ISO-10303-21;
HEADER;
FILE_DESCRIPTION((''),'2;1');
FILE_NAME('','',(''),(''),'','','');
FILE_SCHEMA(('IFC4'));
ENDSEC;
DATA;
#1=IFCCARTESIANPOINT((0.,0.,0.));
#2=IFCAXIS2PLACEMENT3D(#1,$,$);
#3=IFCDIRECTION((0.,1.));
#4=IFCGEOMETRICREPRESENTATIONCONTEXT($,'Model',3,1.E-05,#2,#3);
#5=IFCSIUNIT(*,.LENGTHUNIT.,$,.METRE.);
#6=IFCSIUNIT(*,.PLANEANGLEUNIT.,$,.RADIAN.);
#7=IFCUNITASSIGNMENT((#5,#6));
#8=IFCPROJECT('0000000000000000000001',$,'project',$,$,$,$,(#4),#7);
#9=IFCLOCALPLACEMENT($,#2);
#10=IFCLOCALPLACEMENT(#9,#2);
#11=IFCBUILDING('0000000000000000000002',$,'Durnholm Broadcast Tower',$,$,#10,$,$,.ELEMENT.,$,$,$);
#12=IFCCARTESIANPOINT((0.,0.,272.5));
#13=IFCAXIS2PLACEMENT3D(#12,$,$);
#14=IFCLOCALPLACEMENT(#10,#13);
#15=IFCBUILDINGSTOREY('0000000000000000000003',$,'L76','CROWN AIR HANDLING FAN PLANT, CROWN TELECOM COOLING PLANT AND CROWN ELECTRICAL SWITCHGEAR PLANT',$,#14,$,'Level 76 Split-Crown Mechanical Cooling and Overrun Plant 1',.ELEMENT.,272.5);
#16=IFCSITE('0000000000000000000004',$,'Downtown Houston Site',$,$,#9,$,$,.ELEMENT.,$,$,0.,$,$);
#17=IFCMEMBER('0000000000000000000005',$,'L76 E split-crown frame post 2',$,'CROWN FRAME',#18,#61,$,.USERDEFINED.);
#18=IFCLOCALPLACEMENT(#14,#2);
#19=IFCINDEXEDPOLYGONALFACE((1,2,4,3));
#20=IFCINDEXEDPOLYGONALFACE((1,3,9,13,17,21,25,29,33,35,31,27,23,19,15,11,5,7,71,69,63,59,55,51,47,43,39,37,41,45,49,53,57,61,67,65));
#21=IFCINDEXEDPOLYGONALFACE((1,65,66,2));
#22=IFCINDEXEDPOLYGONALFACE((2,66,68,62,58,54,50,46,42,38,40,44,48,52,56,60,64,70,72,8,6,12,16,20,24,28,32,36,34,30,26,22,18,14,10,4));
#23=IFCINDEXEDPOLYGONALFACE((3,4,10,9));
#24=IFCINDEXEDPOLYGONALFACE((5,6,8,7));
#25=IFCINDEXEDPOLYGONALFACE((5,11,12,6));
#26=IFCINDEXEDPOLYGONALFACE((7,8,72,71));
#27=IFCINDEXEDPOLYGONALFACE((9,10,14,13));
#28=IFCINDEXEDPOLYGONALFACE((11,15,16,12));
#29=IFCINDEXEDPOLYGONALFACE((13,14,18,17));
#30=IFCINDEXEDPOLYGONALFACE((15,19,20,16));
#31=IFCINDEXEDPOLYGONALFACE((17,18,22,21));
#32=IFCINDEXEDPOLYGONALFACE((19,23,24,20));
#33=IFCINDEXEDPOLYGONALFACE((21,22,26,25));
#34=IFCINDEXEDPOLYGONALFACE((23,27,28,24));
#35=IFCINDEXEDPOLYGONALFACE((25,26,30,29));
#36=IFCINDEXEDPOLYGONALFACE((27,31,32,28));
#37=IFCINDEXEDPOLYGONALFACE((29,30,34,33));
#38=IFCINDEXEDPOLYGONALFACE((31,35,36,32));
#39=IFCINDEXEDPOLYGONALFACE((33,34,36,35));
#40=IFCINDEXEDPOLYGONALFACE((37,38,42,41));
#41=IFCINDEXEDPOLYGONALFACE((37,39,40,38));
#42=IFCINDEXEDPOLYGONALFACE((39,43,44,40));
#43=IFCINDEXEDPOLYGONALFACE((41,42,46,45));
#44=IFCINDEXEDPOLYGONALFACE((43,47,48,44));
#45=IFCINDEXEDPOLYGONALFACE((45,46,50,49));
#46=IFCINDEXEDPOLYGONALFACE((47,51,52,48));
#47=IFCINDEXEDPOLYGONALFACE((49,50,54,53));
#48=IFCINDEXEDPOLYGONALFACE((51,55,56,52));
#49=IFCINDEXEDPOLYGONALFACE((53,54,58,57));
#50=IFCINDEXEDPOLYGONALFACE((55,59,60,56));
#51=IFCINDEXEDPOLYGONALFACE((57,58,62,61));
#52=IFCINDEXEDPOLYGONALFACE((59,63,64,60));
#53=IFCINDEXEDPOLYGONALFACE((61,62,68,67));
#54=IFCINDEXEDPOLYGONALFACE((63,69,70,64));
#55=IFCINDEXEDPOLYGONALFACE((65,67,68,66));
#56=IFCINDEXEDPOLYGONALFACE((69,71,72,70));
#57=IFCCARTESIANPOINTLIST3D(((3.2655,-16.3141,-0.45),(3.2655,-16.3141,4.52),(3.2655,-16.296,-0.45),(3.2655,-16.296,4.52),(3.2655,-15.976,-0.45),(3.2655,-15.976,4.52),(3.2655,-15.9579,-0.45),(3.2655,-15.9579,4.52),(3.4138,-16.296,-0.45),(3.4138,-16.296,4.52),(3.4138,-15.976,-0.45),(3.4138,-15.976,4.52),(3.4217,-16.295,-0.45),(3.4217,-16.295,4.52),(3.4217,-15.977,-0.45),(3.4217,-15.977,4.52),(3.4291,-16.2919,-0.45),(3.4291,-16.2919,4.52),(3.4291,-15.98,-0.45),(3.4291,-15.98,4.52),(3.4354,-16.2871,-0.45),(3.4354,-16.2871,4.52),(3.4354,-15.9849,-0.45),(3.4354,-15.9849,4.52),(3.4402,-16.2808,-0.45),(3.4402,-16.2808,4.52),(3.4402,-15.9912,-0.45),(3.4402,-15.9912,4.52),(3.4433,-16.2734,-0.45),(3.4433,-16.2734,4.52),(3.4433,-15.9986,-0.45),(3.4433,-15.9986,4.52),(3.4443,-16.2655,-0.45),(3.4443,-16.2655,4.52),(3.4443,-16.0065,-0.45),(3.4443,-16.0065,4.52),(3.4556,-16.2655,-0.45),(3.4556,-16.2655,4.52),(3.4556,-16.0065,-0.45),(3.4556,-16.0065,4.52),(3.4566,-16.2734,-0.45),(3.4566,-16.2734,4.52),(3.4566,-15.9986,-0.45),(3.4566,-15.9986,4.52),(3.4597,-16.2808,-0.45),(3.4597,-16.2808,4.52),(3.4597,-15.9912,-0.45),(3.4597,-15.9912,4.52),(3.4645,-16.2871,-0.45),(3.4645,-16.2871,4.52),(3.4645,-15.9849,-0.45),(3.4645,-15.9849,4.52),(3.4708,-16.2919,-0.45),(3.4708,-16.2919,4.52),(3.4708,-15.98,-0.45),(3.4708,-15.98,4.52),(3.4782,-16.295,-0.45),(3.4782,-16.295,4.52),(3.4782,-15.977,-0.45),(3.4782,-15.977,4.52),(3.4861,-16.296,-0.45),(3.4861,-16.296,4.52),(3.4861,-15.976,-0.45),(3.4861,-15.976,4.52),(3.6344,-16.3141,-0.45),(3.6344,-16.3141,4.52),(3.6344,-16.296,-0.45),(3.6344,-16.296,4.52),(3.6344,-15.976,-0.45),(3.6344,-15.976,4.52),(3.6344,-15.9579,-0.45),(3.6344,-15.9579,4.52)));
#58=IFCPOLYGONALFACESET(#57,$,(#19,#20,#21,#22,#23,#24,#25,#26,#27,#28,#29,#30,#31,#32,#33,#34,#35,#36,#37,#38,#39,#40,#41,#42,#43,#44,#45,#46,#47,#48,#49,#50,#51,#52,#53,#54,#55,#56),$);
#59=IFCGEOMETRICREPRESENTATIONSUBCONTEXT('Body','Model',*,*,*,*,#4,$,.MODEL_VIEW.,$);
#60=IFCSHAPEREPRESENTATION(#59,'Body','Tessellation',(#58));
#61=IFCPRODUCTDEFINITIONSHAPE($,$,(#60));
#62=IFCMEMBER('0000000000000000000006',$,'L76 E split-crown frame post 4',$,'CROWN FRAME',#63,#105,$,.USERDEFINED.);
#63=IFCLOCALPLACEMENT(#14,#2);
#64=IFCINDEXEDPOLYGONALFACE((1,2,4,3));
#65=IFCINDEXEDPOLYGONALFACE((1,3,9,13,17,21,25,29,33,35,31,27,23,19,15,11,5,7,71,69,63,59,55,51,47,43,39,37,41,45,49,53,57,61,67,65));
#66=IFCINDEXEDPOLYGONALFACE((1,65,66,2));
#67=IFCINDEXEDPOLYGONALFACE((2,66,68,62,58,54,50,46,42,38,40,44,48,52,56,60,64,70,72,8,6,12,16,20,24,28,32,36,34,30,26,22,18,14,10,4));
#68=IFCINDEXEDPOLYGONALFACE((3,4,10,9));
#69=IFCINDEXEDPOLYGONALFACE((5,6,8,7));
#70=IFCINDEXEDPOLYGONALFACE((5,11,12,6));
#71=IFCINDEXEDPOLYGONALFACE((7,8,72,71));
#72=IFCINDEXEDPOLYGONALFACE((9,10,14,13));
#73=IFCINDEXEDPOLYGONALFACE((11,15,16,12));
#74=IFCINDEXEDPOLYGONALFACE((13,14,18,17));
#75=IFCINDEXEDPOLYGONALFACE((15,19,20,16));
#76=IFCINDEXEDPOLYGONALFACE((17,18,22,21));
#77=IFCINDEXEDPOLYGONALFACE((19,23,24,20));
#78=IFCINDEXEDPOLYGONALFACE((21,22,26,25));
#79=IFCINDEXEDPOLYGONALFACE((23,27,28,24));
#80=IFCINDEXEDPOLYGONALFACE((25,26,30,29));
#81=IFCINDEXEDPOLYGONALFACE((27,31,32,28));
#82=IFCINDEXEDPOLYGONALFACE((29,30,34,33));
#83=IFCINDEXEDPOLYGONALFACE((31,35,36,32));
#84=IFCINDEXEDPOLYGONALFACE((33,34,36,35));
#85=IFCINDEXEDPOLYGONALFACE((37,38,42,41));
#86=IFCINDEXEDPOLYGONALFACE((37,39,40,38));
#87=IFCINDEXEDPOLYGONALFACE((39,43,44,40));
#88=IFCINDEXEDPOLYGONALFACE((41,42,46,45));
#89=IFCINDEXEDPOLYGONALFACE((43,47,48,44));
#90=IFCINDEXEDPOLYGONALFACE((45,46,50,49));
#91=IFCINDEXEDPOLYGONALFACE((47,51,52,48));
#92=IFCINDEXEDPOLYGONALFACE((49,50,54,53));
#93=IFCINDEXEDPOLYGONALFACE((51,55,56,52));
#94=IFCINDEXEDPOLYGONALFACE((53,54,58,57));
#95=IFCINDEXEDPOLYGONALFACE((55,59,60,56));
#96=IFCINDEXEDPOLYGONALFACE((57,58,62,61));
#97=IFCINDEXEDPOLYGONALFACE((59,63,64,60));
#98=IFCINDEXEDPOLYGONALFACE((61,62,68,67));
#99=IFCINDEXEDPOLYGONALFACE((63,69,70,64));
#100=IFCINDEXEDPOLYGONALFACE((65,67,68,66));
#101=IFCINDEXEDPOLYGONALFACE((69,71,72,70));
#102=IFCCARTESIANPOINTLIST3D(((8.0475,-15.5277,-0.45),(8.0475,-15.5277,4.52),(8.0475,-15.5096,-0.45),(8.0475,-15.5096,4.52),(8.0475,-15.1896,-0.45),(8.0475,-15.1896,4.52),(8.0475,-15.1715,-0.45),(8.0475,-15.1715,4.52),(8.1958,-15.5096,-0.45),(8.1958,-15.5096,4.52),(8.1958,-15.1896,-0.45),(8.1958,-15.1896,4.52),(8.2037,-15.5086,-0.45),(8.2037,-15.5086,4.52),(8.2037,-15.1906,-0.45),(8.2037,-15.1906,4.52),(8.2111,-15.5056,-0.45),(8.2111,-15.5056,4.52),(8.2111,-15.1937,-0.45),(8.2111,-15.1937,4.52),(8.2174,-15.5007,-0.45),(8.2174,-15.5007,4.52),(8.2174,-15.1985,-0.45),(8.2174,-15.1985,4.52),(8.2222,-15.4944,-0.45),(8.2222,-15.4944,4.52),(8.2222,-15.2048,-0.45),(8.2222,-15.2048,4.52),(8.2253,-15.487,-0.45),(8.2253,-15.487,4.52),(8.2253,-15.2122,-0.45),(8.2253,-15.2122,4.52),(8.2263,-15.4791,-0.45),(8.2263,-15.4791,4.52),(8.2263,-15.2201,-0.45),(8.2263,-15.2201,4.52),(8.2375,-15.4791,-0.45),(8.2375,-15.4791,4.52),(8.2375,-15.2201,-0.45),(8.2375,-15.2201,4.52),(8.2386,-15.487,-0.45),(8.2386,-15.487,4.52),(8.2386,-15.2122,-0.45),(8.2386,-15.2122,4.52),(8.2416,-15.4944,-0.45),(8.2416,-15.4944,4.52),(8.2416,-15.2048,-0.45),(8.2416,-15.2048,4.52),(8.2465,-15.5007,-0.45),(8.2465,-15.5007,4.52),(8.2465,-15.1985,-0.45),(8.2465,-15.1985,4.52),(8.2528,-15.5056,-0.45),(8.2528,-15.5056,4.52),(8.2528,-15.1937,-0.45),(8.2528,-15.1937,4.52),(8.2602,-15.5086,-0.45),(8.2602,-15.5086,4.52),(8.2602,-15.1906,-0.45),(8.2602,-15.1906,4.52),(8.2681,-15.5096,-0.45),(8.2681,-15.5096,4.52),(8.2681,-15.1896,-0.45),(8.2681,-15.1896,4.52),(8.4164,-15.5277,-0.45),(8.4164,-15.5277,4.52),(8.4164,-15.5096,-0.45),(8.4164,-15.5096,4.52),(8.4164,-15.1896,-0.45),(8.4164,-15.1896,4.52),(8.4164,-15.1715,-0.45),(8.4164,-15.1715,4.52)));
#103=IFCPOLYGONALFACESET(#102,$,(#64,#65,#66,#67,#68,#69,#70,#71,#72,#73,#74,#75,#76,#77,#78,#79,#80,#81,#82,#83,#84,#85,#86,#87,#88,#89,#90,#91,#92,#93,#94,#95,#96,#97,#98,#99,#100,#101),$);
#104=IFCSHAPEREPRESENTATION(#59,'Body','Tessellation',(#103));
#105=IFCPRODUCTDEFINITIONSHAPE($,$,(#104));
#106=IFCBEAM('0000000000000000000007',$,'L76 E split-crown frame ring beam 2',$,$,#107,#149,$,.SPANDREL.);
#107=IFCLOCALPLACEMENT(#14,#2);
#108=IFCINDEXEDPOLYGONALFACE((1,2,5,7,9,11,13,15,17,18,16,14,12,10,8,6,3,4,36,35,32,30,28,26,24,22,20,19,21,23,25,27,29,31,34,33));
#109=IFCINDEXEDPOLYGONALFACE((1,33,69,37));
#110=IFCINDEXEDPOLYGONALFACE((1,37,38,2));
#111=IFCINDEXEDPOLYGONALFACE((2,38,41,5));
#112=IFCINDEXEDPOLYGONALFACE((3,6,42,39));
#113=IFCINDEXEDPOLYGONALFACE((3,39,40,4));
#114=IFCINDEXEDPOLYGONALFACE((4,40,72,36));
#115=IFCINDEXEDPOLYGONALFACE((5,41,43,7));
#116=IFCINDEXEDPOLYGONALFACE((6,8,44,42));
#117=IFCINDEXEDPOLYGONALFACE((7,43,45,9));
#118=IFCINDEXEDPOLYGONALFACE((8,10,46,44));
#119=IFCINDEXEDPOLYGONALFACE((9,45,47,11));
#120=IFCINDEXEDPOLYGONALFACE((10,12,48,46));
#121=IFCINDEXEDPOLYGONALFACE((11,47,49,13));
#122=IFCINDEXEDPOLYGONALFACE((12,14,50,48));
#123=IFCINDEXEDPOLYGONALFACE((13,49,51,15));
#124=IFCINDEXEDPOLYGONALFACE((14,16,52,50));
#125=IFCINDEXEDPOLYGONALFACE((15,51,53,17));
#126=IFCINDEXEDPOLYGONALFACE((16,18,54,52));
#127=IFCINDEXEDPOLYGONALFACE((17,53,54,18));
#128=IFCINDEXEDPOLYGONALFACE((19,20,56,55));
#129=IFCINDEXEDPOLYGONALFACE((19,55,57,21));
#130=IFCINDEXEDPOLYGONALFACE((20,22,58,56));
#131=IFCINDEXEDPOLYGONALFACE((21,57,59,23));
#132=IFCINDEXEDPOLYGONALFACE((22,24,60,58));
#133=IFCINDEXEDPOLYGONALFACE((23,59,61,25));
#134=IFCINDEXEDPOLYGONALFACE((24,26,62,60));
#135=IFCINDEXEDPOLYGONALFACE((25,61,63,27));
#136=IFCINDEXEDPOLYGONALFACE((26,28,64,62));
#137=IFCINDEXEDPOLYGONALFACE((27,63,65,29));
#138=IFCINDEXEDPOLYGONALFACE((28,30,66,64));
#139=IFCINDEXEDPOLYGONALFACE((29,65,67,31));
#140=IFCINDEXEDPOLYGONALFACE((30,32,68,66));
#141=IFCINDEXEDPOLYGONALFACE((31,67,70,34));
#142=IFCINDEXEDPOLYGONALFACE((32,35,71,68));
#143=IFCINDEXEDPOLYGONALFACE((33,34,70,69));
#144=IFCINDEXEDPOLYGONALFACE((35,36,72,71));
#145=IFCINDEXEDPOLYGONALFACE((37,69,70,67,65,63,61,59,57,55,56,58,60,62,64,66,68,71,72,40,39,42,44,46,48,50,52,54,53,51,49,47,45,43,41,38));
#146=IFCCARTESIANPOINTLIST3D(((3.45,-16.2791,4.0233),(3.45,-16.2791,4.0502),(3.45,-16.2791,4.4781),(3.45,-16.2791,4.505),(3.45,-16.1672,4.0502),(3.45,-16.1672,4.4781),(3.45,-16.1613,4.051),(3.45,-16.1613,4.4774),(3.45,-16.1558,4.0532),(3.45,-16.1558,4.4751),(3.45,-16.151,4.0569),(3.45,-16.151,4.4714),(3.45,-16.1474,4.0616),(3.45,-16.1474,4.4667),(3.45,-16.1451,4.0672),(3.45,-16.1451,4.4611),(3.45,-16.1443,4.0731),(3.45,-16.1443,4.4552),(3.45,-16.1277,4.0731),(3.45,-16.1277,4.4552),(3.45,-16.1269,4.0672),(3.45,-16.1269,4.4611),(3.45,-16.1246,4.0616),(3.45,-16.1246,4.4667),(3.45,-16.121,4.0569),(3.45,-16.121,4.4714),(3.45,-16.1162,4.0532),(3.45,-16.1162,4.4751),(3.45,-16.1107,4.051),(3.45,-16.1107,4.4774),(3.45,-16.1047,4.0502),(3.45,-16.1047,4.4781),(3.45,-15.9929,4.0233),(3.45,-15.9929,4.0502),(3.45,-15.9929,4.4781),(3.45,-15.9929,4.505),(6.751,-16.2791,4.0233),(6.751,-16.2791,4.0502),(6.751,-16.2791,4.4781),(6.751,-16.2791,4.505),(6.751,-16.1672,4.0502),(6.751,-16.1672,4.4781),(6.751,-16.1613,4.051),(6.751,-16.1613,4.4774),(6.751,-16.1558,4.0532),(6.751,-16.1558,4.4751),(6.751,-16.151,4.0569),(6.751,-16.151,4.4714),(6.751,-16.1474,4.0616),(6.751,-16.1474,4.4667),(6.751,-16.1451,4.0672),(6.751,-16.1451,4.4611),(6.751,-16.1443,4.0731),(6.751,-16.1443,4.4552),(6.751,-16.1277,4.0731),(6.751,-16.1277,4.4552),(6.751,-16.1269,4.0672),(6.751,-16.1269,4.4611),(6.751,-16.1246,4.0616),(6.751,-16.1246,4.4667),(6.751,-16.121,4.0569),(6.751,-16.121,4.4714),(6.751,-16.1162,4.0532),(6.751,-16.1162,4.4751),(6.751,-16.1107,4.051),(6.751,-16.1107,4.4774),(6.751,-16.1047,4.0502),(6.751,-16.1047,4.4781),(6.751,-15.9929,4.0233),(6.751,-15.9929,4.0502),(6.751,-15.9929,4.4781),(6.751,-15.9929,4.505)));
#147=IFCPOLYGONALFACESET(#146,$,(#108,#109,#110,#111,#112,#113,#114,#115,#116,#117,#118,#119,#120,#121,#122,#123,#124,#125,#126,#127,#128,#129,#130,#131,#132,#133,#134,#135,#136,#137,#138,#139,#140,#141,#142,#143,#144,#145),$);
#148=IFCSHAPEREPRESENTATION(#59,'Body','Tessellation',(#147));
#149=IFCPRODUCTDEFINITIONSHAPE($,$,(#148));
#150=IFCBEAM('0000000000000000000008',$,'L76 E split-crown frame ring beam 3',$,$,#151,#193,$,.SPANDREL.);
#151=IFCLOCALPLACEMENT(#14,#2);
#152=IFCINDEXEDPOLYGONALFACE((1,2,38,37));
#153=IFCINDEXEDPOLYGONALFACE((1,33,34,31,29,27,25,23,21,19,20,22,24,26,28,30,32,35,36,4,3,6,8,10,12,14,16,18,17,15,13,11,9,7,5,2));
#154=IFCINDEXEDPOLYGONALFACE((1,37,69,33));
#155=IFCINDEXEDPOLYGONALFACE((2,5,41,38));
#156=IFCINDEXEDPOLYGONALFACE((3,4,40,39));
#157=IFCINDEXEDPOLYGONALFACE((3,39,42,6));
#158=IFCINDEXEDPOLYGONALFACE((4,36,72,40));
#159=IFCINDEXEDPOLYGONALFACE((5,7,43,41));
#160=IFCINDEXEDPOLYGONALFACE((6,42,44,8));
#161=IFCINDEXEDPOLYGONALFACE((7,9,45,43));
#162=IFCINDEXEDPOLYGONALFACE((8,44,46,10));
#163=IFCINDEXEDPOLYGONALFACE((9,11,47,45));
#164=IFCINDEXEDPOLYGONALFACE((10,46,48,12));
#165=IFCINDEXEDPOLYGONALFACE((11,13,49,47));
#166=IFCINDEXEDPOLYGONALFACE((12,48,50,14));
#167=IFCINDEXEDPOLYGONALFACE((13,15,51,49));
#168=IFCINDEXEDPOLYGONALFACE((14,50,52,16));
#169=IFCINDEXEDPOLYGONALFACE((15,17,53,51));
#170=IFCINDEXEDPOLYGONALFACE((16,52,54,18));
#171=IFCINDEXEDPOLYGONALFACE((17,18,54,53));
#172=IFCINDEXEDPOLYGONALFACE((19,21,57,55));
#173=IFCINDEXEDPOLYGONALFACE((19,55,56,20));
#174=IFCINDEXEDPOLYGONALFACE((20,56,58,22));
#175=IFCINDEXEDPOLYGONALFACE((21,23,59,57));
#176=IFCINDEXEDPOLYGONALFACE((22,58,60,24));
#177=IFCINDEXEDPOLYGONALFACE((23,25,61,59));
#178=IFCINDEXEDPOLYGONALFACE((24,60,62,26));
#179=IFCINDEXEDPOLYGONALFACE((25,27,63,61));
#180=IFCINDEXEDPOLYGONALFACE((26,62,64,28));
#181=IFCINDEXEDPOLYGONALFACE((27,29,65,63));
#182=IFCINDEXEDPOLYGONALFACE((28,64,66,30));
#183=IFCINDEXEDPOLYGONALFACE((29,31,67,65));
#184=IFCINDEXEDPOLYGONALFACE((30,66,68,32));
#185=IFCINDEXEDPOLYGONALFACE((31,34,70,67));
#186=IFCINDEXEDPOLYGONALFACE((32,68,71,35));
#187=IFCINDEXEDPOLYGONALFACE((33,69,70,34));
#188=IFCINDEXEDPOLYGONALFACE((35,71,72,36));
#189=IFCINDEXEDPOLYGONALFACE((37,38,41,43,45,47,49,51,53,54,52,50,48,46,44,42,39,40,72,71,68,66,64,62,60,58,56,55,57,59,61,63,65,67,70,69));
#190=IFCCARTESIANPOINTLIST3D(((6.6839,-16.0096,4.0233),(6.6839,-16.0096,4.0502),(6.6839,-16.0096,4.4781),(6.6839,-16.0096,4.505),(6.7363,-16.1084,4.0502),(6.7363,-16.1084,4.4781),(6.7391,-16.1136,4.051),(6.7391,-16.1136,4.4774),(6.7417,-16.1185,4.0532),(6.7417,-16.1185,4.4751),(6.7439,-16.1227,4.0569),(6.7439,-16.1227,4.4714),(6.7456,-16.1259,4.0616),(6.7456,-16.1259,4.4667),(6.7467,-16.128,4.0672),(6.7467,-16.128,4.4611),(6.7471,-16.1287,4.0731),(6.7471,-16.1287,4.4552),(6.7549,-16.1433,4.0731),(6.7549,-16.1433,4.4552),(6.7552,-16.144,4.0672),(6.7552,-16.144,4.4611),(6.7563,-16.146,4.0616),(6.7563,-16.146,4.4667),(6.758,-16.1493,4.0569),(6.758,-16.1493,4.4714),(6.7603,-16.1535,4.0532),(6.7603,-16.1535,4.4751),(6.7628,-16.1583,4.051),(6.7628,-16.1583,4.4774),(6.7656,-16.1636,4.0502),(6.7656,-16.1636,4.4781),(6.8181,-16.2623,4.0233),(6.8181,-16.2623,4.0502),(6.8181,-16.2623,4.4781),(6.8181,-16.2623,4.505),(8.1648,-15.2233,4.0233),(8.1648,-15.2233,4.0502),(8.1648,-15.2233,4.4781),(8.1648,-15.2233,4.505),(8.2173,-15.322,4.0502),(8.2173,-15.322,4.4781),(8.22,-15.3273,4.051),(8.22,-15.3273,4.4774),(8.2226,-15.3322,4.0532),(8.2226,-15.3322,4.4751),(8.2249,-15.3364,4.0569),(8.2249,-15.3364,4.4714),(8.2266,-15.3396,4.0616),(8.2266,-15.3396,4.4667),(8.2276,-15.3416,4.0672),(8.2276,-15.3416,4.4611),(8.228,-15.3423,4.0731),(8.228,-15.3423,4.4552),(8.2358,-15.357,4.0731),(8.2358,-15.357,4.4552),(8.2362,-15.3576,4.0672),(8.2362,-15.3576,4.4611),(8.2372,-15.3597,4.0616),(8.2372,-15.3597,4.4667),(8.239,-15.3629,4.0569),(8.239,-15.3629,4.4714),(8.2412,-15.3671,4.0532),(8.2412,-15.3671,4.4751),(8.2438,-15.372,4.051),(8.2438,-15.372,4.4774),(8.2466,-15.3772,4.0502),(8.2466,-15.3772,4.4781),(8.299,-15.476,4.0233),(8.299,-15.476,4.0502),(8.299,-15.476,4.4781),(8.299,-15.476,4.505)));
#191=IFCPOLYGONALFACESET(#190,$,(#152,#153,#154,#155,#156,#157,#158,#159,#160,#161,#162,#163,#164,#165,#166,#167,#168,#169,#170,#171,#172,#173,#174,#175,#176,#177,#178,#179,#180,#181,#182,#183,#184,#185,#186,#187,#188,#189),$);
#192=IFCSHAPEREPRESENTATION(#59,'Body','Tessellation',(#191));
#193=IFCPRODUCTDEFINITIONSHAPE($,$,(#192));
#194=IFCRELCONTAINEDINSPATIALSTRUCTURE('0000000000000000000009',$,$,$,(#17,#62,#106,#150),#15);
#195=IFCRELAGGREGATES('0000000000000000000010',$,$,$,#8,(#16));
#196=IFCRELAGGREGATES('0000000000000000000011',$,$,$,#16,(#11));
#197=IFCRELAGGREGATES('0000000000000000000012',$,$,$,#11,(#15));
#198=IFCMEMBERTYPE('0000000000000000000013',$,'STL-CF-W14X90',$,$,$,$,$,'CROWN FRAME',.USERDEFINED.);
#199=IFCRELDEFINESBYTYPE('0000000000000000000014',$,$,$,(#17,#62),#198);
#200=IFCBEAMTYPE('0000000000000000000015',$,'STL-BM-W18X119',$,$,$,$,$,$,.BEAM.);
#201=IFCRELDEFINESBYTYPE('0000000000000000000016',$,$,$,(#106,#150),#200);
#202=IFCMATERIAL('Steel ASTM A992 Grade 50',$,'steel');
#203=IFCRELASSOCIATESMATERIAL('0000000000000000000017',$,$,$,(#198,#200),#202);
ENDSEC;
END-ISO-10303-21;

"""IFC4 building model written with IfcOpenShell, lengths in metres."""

from ifc_helpers import new_model, si_unit, direction, frame, origin, origin_2d, place, context, subcontext, project, spatial, i_section, extrude, source, transform, mapped, material, material_profile, profile_set, type_object, type_shapes, element, save


model = new_model("IFC4")

# Units and contexts
model_context = context("Model", 3, precision=1e-05, world=origin(), true_north=direction((0.0, 1.0)))
body_context = subcontext(model_context, "Body", "Model", "MODEL_VIEW")
ifc_project = project(units=[si_unit("LENGTHUNIT", "METRE"), si_unit("PLANEANGLEUNIT", "RADIAN")], contexts=[model_context])

# Site, building, storey
site_placement = place(None, origin())
site = spatial("IfcSite", under=ifc_project, at=site_placement, Name="Downtown Houston Site", CompositionType="ELEMENT", RefElevation=0.0)
building_placement = place(site_placement, origin())
building = spatial("IfcBuilding", under=site, at=building_placement, Name="Durnholm Broadcast Tower", CompositionType="ELEMENT")
storey_placement = place(building_placement, frame((0.0, 0.0, 272.5)))
storey = spatial("IfcBuildingStorey", under=building, at=storey_placement, Name="L76", Description="CROWN AIR HANDLING FAN PLANT, CROWN TELECOM COOLING PLANT AND CROWN ELECTRICAL SWITCHGEAR PLANT", LongName="Level 76 Split-Crown Mechanical Cooling and Overrun Plant 1", CompositionType="ELEMENT", Elevation=272.5)

# Shared definitions
ifc_material_1 = material(Name="Steel ASTM A992 Grade 50", Category="steel")

# Members
ifc_material_profile_1 = material_profile(ifc_material_1, i_section(OverallWidth=0.3689, OverallDepth=0.3562, WebThickness=0.0112, FlangeThickness=0.0181, FilletRadius=0.0305, at=origin_2d()), Name="W14X90")
ifc_profile_set_1 = profile_set([ifc_material_profile_1], Name="Steel ASTM A992 Grade 50")
member_type_1 = type_object("IfcMemberType", Name="STL-CF-W14X90", ElementType="CROWN FRAME", PredefinedType="USERDEFINED", material=ifc_profile_set_1)
shared_shape_1 = source(origin(), body_context, "Body", "SweptSolid", [
    extrude(i_section(OverallWidth=0.3689, OverallDepth=0.3562, WebThickness=0.0112, FlangeThickness=0.0181, FilletRadius=0.0305, at=origin_2d()), origin(), (0.0, 0.0, 1.0), 4.97),
])
type_shapes(member_type_1, [shared_shape_1])
for number, where, z_axis, x_axis, name in (
    (1, (3.45, -16.136, -0.45), (0.0, 0.0, 1.0), (1.0, 0.0, 0.0), "L76 E split-crown frame post 2"),
    (2, (8.2319, -15.3496, -0.45), (0.0, 0.0, 1.0), (1.0, 0.0, 0.0), "L76 E split-crown frame post 4"),
):
    element("IfcMember", number, at=place(storey_placement, frame(where, z_axis=z_axis, x_axis=x_axis)), inside=storey, type_object=member_type_1, Name=name, ObjectType="CROWN FRAME", PredefinedType="USERDEFINED", context=body_context, shape_type="MappedRepresentation", body=[
        mapped(shared_shape_1, transform((0.0, 0.0, 0.0), x_axis=(1.0, 0.0, 0.0), y_axis=(0.0, 1.0, 0.0), z_axis=(0.0, 0.0, 1.0), scale=1.0)),
    ])

# Beams
ifc_material_profile_2 = material_profile(ifc_material_1, i_section(OverallWidth=0.2861, OverallDepth=0.4817, WebThickness=0.0166, FlangeThickness=0.0269, FilletRadius=0.0229, at=origin_2d()), Name="W18X119")
ifc_profile_set_2 = profile_set([ifc_material_profile_2], Name="Steel ASTM A992 Grade 50")
beam_type_1 = type_object("IfcBeamType", Name="STL-BM-W18X119", PredefinedType="BEAM", material=ifc_profile_set_2)
shared_shape_2 = source(origin(), body_context, "Body", "SweptSolid", [
    extrude(i_section(OverallWidth=0.2861, OverallDepth=0.4817, WebThickness=0.0166, FlangeThickness=0.0269, FilletRadius=0.0229, at=origin_2d()), origin(), (0.0, 0.0, 1.0), 3.301),
])
beam_1_placement = place(storey_placement, frame((3.45, -16.136, 4.2642), z_axis=(1.0, 0.0, 0.0), x_axis=(0.0, 1.0, 0.0)))
element("IfcBeam", 3, at=beam_1_placement, inside=storey, type_object=beam_type_1, Name="L76 E split-crown frame ring beam 2", PredefinedType="SPANDREL", context=body_context, shape_type="MappedRepresentation", body=[
    mapped(shared_shape_2, transform((0.0, 0.0, 0.0), x_axis=(1.0, 0.0, 0.0), y_axis=(0.0, 1.0, 0.0), z_axis=(0.0, 0.0, 1.0), scale=1.0)),
])
shared_shape_3 = source(origin(), body_context, "Body", "SweptSolid", [
    extrude(i_section(OverallWidth=0.2861, OverallDepth=0.4817, WebThickness=0.0166, FlangeThickness=0.0269, FilletRadius=0.0229, at=origin_2d()), origin(), (0.0, 0.0, 1.0), 1.6768),
])
beam_2_placement = place(storey_placement, frame((6.751, -16.136, 4.2642), z_axis=(0.88321, 0.468978, 0.0), x_axis=(-0.468978, 0.88321, 0.0)))
element("IfcBeam", 4, at=beam_2_placement, inside=storey, type_object=beam_type_1, Name="L76 E split-crown frame ring beam 3", PredefinedType="SPANDREL", context=body_context, shape_type="MappedRepresentation", body=[
    mapped(shared_shape_3, transform((0.0, 0.0, 0.0), x_axis=(1.0, 0.0, 0.0), y_axis=(0.0, 1.0, 0.0), z_axis=(0.0, 0.0, 1.0), scale=1.0)),
])

save(model, "model.ifc")
